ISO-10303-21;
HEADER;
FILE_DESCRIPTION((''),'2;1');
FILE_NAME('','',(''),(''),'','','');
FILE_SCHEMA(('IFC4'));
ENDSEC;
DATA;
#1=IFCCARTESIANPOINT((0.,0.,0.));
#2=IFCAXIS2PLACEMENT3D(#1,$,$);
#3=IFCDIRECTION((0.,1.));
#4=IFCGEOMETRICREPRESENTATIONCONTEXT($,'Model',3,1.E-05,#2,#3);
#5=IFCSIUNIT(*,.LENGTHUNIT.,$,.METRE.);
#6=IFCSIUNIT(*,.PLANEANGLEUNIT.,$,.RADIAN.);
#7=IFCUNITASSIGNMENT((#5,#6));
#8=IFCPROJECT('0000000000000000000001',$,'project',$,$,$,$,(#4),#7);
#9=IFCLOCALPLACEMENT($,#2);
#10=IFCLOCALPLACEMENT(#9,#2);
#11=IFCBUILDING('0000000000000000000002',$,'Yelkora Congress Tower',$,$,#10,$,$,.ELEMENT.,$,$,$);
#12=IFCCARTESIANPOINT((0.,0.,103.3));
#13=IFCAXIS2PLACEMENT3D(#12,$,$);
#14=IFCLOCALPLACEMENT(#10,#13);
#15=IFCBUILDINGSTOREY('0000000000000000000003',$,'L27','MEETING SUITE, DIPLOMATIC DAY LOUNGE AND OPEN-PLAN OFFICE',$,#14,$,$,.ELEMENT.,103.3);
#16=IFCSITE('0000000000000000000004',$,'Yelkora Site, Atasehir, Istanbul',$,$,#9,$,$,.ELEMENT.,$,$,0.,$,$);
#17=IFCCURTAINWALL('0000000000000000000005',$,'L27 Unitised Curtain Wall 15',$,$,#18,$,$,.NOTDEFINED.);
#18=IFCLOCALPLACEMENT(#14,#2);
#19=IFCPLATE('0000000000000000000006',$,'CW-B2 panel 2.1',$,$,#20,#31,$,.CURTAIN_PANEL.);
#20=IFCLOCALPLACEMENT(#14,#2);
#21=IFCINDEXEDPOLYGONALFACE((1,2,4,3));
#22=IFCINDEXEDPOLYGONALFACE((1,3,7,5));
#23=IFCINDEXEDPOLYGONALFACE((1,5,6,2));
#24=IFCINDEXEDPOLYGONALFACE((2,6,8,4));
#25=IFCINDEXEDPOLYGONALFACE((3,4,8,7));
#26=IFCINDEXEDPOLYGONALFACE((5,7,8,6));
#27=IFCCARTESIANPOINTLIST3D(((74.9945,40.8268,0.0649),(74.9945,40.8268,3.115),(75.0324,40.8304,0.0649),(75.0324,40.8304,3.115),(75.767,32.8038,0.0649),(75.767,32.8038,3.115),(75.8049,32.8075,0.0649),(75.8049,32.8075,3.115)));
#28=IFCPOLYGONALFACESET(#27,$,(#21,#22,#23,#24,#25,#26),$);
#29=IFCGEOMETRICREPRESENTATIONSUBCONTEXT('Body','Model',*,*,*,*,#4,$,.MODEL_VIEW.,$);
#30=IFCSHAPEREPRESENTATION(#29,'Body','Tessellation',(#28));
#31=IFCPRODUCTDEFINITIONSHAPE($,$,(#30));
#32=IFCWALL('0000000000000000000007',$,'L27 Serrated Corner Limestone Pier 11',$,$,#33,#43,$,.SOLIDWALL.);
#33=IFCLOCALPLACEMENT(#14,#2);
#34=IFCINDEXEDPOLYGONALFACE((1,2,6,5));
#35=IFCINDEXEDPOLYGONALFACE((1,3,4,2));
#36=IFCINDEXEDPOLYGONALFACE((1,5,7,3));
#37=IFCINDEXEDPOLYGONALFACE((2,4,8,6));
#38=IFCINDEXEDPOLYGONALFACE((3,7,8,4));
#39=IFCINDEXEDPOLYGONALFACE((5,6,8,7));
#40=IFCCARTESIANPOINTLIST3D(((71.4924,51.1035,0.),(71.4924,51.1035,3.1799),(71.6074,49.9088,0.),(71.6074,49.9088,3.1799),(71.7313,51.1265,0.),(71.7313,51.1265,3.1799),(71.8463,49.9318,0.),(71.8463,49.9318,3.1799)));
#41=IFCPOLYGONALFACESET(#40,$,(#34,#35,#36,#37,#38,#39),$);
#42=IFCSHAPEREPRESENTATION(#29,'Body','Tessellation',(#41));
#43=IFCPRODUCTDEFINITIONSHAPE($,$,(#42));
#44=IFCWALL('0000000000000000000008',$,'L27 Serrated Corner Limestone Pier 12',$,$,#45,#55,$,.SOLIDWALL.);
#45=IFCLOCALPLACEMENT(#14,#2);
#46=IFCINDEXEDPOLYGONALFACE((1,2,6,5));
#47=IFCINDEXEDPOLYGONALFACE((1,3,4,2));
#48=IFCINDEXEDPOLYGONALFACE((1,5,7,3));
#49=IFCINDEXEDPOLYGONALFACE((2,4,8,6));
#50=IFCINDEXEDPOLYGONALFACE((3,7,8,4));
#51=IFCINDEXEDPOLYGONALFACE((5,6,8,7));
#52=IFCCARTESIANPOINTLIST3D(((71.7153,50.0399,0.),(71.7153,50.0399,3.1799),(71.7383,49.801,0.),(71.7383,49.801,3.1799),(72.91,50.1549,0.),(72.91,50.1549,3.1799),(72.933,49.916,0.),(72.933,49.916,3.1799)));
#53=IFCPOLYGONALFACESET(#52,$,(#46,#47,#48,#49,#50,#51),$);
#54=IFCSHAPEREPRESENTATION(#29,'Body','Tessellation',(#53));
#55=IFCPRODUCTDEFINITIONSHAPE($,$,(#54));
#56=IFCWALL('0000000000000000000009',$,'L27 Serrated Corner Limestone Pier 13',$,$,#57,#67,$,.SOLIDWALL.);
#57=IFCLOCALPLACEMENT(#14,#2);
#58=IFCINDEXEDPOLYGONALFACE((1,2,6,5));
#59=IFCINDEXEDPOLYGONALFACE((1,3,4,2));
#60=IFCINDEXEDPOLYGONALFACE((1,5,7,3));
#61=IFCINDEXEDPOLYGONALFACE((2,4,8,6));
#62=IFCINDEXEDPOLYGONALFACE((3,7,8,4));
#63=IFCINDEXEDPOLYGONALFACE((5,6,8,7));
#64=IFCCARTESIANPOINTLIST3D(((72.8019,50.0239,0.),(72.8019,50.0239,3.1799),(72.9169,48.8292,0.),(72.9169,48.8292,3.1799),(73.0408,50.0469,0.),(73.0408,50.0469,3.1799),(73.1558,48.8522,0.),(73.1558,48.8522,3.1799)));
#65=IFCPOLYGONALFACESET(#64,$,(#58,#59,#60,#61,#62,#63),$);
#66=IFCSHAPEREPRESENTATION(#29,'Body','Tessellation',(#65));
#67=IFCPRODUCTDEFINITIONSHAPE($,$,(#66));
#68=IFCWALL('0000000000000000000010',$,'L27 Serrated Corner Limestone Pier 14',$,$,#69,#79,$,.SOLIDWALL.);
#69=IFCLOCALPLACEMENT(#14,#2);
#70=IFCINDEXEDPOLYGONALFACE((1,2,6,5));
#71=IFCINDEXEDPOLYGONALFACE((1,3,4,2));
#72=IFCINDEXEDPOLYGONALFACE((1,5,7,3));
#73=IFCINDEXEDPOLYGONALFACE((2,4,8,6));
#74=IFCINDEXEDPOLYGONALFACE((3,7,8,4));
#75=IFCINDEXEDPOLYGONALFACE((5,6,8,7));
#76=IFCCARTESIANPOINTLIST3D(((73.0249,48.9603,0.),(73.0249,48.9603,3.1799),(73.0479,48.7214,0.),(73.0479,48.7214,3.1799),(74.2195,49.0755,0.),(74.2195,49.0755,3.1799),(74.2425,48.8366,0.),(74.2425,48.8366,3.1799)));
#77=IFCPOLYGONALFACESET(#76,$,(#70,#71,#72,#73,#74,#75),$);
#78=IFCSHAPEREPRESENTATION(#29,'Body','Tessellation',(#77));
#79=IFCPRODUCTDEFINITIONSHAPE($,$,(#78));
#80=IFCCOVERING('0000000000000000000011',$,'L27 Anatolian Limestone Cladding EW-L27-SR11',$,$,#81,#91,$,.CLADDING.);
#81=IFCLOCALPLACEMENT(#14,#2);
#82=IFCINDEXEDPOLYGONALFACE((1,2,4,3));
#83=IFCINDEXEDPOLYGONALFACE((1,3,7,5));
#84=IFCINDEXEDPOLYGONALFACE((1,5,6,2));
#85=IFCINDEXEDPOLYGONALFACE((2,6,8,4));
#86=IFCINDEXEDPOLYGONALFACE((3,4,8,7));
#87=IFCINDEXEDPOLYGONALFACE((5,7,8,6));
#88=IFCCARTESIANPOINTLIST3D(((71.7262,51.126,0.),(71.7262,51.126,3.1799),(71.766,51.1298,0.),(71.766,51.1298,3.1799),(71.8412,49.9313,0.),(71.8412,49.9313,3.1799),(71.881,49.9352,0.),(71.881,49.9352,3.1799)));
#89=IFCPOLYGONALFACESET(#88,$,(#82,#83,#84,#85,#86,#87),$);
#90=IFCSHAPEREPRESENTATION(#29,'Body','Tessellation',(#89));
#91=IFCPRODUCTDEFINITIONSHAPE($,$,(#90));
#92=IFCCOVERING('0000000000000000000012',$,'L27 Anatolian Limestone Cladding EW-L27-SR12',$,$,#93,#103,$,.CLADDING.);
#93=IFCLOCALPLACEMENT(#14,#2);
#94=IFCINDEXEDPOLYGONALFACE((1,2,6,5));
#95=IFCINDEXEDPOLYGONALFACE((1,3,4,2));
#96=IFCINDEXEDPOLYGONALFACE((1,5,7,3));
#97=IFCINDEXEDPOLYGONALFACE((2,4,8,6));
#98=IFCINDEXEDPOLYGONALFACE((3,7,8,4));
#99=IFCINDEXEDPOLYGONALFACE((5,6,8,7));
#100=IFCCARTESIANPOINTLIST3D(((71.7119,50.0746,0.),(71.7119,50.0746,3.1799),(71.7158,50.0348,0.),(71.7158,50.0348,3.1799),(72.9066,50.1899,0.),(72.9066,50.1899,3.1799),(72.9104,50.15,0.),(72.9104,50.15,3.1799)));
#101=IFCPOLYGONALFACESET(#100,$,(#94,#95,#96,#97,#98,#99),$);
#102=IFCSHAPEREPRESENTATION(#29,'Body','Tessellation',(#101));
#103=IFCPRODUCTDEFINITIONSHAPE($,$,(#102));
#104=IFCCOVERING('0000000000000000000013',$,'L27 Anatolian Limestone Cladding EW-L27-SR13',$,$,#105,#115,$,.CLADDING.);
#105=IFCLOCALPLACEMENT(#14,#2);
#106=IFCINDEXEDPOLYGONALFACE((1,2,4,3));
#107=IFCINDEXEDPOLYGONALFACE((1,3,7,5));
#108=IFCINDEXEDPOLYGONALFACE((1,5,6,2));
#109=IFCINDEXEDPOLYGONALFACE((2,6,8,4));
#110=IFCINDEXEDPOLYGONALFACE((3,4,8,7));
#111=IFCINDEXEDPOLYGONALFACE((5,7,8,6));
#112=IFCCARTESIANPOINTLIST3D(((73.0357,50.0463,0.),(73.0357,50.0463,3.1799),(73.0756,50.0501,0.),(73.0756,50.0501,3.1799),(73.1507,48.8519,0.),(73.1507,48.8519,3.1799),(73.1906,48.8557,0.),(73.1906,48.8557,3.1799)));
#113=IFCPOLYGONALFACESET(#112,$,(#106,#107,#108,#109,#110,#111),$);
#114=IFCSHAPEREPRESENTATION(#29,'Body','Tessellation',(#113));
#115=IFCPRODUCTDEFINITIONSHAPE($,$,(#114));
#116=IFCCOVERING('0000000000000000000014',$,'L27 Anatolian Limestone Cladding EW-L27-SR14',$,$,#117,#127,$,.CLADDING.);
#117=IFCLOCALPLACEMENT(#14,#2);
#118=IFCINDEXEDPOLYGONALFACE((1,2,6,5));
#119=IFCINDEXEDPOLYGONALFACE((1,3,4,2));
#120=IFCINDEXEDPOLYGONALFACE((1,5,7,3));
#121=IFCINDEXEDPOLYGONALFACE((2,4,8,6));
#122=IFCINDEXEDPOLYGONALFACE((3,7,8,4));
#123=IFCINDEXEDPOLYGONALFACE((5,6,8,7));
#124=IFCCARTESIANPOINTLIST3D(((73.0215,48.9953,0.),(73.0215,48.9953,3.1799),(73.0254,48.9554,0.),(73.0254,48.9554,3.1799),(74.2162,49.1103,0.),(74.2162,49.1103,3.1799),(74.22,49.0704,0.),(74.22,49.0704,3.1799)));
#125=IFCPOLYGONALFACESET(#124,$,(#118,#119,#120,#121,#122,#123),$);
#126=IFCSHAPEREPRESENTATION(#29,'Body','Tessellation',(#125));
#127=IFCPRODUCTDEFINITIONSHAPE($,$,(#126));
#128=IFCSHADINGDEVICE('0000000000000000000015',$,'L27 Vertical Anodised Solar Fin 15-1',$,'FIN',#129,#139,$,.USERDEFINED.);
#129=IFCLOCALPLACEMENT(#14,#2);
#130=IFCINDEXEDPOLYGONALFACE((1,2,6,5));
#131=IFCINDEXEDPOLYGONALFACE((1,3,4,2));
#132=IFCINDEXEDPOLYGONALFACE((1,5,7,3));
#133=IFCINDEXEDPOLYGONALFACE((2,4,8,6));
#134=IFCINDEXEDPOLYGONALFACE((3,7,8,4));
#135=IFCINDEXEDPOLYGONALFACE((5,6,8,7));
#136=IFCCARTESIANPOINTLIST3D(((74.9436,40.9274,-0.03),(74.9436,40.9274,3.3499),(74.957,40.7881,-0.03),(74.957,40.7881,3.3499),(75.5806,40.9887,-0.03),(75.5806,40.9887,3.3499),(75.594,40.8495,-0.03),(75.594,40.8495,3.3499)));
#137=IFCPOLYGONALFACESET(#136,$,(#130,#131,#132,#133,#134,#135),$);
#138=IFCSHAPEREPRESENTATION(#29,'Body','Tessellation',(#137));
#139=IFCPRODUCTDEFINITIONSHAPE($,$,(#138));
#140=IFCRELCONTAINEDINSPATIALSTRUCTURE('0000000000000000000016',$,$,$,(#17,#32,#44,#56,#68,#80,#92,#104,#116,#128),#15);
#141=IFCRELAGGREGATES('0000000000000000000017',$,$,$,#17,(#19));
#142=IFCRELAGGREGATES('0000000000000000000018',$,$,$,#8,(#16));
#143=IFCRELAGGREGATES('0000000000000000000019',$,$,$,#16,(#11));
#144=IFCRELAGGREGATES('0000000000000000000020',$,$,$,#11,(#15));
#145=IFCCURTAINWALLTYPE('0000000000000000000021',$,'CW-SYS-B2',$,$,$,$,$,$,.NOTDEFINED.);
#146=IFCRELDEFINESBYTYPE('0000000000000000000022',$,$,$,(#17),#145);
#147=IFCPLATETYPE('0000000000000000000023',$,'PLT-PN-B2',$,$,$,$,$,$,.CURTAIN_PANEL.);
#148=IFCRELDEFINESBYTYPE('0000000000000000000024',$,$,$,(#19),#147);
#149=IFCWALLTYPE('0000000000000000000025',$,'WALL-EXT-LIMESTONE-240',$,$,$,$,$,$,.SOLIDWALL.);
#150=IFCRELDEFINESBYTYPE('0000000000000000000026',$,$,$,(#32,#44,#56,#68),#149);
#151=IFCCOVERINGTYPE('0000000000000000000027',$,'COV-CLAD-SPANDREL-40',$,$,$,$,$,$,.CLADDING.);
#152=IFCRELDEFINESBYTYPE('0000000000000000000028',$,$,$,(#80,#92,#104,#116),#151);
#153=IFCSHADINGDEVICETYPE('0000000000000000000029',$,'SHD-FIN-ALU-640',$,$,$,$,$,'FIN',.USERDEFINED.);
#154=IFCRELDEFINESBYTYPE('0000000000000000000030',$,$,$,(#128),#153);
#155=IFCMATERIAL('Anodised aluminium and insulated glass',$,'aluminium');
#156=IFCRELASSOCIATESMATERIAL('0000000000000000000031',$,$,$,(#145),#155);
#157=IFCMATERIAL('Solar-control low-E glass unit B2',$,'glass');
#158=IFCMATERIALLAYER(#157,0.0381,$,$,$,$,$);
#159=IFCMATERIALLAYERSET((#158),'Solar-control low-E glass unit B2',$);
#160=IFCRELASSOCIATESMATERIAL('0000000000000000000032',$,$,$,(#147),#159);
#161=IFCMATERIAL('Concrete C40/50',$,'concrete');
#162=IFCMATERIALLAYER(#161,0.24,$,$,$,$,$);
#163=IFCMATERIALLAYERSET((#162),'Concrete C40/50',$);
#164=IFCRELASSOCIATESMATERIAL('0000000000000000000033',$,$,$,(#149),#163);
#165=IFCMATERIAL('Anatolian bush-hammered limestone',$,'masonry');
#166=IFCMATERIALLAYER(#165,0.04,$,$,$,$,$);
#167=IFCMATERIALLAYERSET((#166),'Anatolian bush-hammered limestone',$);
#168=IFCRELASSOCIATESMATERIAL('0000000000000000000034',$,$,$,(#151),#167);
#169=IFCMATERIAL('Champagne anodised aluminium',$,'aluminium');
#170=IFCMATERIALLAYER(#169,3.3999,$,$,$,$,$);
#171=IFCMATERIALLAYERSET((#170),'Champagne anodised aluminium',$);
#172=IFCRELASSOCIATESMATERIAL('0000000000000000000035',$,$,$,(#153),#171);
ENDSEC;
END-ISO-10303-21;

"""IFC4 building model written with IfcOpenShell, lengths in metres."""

from ifc_helpers import new_model, si_unit, direction, frame, frame_2d, origin, origin_2d, place, context, subcontext, project, spatial, rectangle, extrude, material, layer, layer_set, type_object, element, aggregate, save


model = new_model("IFC4")

# Units and contexts
model_context = context("Model", 3, precision=1e-05, world=origin(), true_north=direction((0.0, 1.0)))
body_context = subcontext(model_context, "Body", "Model", "MODEL_VIEW")
ifc_project = project(units=[si_unit("LENGTHUNIT", "METRE"), si_unit("PLANEANGLEUNIT", "RADIAN")], contexts=[model_context])

# Site, building, storey
site_placement = place(None, origin())
site = spatial("IfcSite", under=ifc_project, at=site_placement, Name="Yelkora Site, Atasehir, Istanbul", CompositionType="ELEMENT", RefElevation=0.0)
building_placement = place(site_placement, origin())
building = spatial("IfcBuilding", under=site, at=building_placement, Name="Yelkora Congress Tower", CompositionType="ELEMENT")
storey_placement = place(building_placement, frame((0.0, 0.0, 103.3)))
storey = spatial("IfcBuildingStorey", under=building, at=storey_placement, Name="L27", Description="MEETING SUITE, DIPLOMATIC DAY LOUNGE AND OPEN-PLAN OFFICE", CompositionType="ELEMENT", Elevation=103.3)

# Shared definitions
ifc_material_1 = material(Name="Anodised aluminium and insulated glass", Category="aluminium")
curtain_wall_type = type_object("IfcCurtainWallType", Name="CW-SYS-B2", PredefinedType="NOTDEFINED", material=ifc_material_1)

# Curtain wall, plate
curtain_wall_1_placement = place(storey_placement, origin())
curtain_wall_1 = element("IfcCurtainWall", 1, at=curtain_wall_1_placement, inside=storey, type_object=curtain_wall_type, Name="L27 Unitised Curtain Wall 15", PredefinedType="NOTDEFINED")
ifc_material_2 = material(Name="Solar-control low-E glass unit B2", Category="glass")
ifc_layer_1 = layer(ifc_material_2, 0.0381)
ifc_layer_set_1 = layer_set([ifc_layer_1], Name="Solar-control low-E glass unit B2")
plate_type = type_object("IfcPlateType", Name="PLT-PN-B2", PredefinedType="CURTAIN_PANEL", material=ifc_layer_set_1)
plate_1_placement = place(storey_placement, frame((75.3997, 36.8171, 0.0649), z_axis=(0.0, 0.0, 1.0), x_axis=(0.095843, -0.995397, 0.0)))
plate_1 = element("IfcPlate", 2, at=plate_1_placement, type_object=plate_type, Name="CW-B2 panel 2.1", PredefinedType="CURTAIN_PANEL", context=body_context, shape_type="SweptSolid", body=[
    extrude(rectangle(XDim=8.0601, YDim=0.0381, at=origin_2d()), origin(), (0.0, 0.0, 1.0), 3.05),
])
aggregate(curtain_wall_1, [plate_1])

# Walls
ifc_material_3 = material(Name="Concrete C40/50", Category="concrete")
ifc_layer_2 = layer(ifc_material_3, 0.24)
ifc_layer_set_2 = layer_set([ifc_layer_2], Name="Concrete C40/50")
wall_type = type_object("IfcWallType", Name="WALL-EXT-LIMESTONE-240", PredefinedType="SOLIDWALL", material=ifc_layer_set_2)
for number, where, z_axis, x_axis, name in (
    (3, (71.6118, 51.115, 0.0), (0.0, 0.0, 1.0), (0.095817, -0.995399, 0.0), "L27 Serrated Corner Limestone Pier 11"),
    (4, (71.7268, 49.9204, 0.0), (0.0, 0.0, 1.0), (0.995399, 0.095817, 0.0), "L27 Serrated Corner Limestone Pier 12"),
    (5, (72.9214, 50.0354, 0.0), (0.0, 0.0, 1.0), (0.095817, -0.995399, 0.0), "L27 Serrated Corner Limestone Pier 13"),
    (6, (73.0364, 48.8408, 0.0), (0.0, 0.0, 1.0), (0.99538, 0.096019, 0.0), "L27 Serrated Corner Limestone Pier 14"),
):
    element("IfcWall", number, at=place(storey_placement, frame(where, z_axis=z_axis, x_axis=x_axis)), inside=storey, type_object=wall_type, Name=name, PredefinedType="SOLIDWALL", context=body_context, shape_type="SweptSolid", body=[
        extrude(rectangle(XDim=1.2002, YDim=0.24, at=frame_2d((0.6001, 0.0))), origin(), (0.0, 0.0, 1.0), 3.1799),
    ])

# Coverings
ifc_material_4 = material(Name="Anatolian bush-hammered limestone", Category="masonry")
ifc_layer_3 = layer(ifc_material_4, 0.04)
ifc_layer_set_3 = layer_set([ifc_layer_3], Name="Anatolian bush-hammered limestone")
covering_type = type_object("IfcCoveringType", Name="COV-CLAD-SPANDREL-40", PredefinedType="CLADDING", material=ifc_layer_set_3)
for number, where, z_axis, x_axis, name in (
    (7, (71.7461, 51.1279, 0.0), (0.0, 0.0, 1.0), (0.095817, -0.995399, 0.0), "L27 Anatolian Limestone Cladding EW-L27-SR11"),
    (8, (71.7139, 50.0547, 0.0), (0.0, 0.0, 1.0), (0.99538, 0.096019, 0.0), "L27 Anatolian Limestone Cladding EW-L27-SR12"),
):
    element("IfcCovering", number, at=place(storey_placement, frame(where, z_axis=z_axis, x_axis=x_axis)), inside=storey, type_object=covering_type, Name=name, PredefinedType="CLADDING", context=body_context, shape_type="SweptSolid", body=[
        extrude(rectangle(XDim=1.2002, YDim=0.04, at=frame_2d((0.6001, 0.0))), origin(), (0.0, 0.0, 1.0), 3.1799),
    ])
covering_1_placement = place(storey_placement, frame((73.0557, 50.0483, 0.0), z_axis=(0.0, 0.0, 1.0), x_axis=(0.095836, -0.995397, 0.0)))
element("IfcCovering", 9, at=covering_1_placement, inside=storey, type_object=covering_type, Name="L27 Anatolian Limestone Cladding EW-L27-SR13", PredefinedType="CLADDING", context=body_context, shape_type="SweptSolid", body=[
    extrude(rectangle(XDim=1.2, YDim=0.04, at=frame_2d((0.6001, 0.0))), origin(), (0.0, 0.0, 1.0), 3.1799),
])
covering_2_placement = place(storey_placement, frame((73.0234, 48.9753, 0.0), z_axis=(0.0, 0.0, 1.0), x_axis=(0.995399, 0.095817, 0.0)))
element("IfcCovering", 10, at=covering_2_placement, inside=storey, type_object=covering_type, Name="L27 Anatolian Limestone Cladding EW-L27-SR14", PredefinedType="CLADDING", context=body_context, shape_type="SweptSolid", body=[
    extrude(rectangle(XDim=1.2002, YDim=0.04, at=frame_2d((0.6001, 0.0))), origin(), (0.0, 0.0, 1.0), 3.1799),
])

# Shading device
ifc_material_5 = material(Name="Champagne anodised aluminium", Category="aluminium")
ifc_layer_4 = layer(ifc_material_5, 3.3999)
ifc_layer_set_4 = layer_set([ifc_layer_4], Name="Champagne anodised aluminium")
shading_device_type = type_object("IfcShadingDeviceType", Name="SHD-FIN-ALU-640", ElementType="FIN", PredefinedType="USERDEFINED", material=ifc_layer_set_4)
shading_device_placement = place(storey_placement, frame((75.2688, 40.8884, -0.03), z_axis=(0.0, 0.0, 1.0), x_axis=(0.095846, -0.995396, 0.0)))
element("IfcShadingDevice", 11, at=shading_device_placement, inside=storey, type_object=shading_device_type, Name="L27 Vertical Anodised Solar Fin 15-1", ObjectType="FIN", PredefinedType="USERDEFINED", context=body_context, shape_type="SweptSolid", body=[
    extrude(rectangle(XDim=0.1399, YDim=0.6399, at=origin_2d()), origin(), (0.0, 0.0, 1.0), 3.3799),
])

save(model, "model.ifc")
